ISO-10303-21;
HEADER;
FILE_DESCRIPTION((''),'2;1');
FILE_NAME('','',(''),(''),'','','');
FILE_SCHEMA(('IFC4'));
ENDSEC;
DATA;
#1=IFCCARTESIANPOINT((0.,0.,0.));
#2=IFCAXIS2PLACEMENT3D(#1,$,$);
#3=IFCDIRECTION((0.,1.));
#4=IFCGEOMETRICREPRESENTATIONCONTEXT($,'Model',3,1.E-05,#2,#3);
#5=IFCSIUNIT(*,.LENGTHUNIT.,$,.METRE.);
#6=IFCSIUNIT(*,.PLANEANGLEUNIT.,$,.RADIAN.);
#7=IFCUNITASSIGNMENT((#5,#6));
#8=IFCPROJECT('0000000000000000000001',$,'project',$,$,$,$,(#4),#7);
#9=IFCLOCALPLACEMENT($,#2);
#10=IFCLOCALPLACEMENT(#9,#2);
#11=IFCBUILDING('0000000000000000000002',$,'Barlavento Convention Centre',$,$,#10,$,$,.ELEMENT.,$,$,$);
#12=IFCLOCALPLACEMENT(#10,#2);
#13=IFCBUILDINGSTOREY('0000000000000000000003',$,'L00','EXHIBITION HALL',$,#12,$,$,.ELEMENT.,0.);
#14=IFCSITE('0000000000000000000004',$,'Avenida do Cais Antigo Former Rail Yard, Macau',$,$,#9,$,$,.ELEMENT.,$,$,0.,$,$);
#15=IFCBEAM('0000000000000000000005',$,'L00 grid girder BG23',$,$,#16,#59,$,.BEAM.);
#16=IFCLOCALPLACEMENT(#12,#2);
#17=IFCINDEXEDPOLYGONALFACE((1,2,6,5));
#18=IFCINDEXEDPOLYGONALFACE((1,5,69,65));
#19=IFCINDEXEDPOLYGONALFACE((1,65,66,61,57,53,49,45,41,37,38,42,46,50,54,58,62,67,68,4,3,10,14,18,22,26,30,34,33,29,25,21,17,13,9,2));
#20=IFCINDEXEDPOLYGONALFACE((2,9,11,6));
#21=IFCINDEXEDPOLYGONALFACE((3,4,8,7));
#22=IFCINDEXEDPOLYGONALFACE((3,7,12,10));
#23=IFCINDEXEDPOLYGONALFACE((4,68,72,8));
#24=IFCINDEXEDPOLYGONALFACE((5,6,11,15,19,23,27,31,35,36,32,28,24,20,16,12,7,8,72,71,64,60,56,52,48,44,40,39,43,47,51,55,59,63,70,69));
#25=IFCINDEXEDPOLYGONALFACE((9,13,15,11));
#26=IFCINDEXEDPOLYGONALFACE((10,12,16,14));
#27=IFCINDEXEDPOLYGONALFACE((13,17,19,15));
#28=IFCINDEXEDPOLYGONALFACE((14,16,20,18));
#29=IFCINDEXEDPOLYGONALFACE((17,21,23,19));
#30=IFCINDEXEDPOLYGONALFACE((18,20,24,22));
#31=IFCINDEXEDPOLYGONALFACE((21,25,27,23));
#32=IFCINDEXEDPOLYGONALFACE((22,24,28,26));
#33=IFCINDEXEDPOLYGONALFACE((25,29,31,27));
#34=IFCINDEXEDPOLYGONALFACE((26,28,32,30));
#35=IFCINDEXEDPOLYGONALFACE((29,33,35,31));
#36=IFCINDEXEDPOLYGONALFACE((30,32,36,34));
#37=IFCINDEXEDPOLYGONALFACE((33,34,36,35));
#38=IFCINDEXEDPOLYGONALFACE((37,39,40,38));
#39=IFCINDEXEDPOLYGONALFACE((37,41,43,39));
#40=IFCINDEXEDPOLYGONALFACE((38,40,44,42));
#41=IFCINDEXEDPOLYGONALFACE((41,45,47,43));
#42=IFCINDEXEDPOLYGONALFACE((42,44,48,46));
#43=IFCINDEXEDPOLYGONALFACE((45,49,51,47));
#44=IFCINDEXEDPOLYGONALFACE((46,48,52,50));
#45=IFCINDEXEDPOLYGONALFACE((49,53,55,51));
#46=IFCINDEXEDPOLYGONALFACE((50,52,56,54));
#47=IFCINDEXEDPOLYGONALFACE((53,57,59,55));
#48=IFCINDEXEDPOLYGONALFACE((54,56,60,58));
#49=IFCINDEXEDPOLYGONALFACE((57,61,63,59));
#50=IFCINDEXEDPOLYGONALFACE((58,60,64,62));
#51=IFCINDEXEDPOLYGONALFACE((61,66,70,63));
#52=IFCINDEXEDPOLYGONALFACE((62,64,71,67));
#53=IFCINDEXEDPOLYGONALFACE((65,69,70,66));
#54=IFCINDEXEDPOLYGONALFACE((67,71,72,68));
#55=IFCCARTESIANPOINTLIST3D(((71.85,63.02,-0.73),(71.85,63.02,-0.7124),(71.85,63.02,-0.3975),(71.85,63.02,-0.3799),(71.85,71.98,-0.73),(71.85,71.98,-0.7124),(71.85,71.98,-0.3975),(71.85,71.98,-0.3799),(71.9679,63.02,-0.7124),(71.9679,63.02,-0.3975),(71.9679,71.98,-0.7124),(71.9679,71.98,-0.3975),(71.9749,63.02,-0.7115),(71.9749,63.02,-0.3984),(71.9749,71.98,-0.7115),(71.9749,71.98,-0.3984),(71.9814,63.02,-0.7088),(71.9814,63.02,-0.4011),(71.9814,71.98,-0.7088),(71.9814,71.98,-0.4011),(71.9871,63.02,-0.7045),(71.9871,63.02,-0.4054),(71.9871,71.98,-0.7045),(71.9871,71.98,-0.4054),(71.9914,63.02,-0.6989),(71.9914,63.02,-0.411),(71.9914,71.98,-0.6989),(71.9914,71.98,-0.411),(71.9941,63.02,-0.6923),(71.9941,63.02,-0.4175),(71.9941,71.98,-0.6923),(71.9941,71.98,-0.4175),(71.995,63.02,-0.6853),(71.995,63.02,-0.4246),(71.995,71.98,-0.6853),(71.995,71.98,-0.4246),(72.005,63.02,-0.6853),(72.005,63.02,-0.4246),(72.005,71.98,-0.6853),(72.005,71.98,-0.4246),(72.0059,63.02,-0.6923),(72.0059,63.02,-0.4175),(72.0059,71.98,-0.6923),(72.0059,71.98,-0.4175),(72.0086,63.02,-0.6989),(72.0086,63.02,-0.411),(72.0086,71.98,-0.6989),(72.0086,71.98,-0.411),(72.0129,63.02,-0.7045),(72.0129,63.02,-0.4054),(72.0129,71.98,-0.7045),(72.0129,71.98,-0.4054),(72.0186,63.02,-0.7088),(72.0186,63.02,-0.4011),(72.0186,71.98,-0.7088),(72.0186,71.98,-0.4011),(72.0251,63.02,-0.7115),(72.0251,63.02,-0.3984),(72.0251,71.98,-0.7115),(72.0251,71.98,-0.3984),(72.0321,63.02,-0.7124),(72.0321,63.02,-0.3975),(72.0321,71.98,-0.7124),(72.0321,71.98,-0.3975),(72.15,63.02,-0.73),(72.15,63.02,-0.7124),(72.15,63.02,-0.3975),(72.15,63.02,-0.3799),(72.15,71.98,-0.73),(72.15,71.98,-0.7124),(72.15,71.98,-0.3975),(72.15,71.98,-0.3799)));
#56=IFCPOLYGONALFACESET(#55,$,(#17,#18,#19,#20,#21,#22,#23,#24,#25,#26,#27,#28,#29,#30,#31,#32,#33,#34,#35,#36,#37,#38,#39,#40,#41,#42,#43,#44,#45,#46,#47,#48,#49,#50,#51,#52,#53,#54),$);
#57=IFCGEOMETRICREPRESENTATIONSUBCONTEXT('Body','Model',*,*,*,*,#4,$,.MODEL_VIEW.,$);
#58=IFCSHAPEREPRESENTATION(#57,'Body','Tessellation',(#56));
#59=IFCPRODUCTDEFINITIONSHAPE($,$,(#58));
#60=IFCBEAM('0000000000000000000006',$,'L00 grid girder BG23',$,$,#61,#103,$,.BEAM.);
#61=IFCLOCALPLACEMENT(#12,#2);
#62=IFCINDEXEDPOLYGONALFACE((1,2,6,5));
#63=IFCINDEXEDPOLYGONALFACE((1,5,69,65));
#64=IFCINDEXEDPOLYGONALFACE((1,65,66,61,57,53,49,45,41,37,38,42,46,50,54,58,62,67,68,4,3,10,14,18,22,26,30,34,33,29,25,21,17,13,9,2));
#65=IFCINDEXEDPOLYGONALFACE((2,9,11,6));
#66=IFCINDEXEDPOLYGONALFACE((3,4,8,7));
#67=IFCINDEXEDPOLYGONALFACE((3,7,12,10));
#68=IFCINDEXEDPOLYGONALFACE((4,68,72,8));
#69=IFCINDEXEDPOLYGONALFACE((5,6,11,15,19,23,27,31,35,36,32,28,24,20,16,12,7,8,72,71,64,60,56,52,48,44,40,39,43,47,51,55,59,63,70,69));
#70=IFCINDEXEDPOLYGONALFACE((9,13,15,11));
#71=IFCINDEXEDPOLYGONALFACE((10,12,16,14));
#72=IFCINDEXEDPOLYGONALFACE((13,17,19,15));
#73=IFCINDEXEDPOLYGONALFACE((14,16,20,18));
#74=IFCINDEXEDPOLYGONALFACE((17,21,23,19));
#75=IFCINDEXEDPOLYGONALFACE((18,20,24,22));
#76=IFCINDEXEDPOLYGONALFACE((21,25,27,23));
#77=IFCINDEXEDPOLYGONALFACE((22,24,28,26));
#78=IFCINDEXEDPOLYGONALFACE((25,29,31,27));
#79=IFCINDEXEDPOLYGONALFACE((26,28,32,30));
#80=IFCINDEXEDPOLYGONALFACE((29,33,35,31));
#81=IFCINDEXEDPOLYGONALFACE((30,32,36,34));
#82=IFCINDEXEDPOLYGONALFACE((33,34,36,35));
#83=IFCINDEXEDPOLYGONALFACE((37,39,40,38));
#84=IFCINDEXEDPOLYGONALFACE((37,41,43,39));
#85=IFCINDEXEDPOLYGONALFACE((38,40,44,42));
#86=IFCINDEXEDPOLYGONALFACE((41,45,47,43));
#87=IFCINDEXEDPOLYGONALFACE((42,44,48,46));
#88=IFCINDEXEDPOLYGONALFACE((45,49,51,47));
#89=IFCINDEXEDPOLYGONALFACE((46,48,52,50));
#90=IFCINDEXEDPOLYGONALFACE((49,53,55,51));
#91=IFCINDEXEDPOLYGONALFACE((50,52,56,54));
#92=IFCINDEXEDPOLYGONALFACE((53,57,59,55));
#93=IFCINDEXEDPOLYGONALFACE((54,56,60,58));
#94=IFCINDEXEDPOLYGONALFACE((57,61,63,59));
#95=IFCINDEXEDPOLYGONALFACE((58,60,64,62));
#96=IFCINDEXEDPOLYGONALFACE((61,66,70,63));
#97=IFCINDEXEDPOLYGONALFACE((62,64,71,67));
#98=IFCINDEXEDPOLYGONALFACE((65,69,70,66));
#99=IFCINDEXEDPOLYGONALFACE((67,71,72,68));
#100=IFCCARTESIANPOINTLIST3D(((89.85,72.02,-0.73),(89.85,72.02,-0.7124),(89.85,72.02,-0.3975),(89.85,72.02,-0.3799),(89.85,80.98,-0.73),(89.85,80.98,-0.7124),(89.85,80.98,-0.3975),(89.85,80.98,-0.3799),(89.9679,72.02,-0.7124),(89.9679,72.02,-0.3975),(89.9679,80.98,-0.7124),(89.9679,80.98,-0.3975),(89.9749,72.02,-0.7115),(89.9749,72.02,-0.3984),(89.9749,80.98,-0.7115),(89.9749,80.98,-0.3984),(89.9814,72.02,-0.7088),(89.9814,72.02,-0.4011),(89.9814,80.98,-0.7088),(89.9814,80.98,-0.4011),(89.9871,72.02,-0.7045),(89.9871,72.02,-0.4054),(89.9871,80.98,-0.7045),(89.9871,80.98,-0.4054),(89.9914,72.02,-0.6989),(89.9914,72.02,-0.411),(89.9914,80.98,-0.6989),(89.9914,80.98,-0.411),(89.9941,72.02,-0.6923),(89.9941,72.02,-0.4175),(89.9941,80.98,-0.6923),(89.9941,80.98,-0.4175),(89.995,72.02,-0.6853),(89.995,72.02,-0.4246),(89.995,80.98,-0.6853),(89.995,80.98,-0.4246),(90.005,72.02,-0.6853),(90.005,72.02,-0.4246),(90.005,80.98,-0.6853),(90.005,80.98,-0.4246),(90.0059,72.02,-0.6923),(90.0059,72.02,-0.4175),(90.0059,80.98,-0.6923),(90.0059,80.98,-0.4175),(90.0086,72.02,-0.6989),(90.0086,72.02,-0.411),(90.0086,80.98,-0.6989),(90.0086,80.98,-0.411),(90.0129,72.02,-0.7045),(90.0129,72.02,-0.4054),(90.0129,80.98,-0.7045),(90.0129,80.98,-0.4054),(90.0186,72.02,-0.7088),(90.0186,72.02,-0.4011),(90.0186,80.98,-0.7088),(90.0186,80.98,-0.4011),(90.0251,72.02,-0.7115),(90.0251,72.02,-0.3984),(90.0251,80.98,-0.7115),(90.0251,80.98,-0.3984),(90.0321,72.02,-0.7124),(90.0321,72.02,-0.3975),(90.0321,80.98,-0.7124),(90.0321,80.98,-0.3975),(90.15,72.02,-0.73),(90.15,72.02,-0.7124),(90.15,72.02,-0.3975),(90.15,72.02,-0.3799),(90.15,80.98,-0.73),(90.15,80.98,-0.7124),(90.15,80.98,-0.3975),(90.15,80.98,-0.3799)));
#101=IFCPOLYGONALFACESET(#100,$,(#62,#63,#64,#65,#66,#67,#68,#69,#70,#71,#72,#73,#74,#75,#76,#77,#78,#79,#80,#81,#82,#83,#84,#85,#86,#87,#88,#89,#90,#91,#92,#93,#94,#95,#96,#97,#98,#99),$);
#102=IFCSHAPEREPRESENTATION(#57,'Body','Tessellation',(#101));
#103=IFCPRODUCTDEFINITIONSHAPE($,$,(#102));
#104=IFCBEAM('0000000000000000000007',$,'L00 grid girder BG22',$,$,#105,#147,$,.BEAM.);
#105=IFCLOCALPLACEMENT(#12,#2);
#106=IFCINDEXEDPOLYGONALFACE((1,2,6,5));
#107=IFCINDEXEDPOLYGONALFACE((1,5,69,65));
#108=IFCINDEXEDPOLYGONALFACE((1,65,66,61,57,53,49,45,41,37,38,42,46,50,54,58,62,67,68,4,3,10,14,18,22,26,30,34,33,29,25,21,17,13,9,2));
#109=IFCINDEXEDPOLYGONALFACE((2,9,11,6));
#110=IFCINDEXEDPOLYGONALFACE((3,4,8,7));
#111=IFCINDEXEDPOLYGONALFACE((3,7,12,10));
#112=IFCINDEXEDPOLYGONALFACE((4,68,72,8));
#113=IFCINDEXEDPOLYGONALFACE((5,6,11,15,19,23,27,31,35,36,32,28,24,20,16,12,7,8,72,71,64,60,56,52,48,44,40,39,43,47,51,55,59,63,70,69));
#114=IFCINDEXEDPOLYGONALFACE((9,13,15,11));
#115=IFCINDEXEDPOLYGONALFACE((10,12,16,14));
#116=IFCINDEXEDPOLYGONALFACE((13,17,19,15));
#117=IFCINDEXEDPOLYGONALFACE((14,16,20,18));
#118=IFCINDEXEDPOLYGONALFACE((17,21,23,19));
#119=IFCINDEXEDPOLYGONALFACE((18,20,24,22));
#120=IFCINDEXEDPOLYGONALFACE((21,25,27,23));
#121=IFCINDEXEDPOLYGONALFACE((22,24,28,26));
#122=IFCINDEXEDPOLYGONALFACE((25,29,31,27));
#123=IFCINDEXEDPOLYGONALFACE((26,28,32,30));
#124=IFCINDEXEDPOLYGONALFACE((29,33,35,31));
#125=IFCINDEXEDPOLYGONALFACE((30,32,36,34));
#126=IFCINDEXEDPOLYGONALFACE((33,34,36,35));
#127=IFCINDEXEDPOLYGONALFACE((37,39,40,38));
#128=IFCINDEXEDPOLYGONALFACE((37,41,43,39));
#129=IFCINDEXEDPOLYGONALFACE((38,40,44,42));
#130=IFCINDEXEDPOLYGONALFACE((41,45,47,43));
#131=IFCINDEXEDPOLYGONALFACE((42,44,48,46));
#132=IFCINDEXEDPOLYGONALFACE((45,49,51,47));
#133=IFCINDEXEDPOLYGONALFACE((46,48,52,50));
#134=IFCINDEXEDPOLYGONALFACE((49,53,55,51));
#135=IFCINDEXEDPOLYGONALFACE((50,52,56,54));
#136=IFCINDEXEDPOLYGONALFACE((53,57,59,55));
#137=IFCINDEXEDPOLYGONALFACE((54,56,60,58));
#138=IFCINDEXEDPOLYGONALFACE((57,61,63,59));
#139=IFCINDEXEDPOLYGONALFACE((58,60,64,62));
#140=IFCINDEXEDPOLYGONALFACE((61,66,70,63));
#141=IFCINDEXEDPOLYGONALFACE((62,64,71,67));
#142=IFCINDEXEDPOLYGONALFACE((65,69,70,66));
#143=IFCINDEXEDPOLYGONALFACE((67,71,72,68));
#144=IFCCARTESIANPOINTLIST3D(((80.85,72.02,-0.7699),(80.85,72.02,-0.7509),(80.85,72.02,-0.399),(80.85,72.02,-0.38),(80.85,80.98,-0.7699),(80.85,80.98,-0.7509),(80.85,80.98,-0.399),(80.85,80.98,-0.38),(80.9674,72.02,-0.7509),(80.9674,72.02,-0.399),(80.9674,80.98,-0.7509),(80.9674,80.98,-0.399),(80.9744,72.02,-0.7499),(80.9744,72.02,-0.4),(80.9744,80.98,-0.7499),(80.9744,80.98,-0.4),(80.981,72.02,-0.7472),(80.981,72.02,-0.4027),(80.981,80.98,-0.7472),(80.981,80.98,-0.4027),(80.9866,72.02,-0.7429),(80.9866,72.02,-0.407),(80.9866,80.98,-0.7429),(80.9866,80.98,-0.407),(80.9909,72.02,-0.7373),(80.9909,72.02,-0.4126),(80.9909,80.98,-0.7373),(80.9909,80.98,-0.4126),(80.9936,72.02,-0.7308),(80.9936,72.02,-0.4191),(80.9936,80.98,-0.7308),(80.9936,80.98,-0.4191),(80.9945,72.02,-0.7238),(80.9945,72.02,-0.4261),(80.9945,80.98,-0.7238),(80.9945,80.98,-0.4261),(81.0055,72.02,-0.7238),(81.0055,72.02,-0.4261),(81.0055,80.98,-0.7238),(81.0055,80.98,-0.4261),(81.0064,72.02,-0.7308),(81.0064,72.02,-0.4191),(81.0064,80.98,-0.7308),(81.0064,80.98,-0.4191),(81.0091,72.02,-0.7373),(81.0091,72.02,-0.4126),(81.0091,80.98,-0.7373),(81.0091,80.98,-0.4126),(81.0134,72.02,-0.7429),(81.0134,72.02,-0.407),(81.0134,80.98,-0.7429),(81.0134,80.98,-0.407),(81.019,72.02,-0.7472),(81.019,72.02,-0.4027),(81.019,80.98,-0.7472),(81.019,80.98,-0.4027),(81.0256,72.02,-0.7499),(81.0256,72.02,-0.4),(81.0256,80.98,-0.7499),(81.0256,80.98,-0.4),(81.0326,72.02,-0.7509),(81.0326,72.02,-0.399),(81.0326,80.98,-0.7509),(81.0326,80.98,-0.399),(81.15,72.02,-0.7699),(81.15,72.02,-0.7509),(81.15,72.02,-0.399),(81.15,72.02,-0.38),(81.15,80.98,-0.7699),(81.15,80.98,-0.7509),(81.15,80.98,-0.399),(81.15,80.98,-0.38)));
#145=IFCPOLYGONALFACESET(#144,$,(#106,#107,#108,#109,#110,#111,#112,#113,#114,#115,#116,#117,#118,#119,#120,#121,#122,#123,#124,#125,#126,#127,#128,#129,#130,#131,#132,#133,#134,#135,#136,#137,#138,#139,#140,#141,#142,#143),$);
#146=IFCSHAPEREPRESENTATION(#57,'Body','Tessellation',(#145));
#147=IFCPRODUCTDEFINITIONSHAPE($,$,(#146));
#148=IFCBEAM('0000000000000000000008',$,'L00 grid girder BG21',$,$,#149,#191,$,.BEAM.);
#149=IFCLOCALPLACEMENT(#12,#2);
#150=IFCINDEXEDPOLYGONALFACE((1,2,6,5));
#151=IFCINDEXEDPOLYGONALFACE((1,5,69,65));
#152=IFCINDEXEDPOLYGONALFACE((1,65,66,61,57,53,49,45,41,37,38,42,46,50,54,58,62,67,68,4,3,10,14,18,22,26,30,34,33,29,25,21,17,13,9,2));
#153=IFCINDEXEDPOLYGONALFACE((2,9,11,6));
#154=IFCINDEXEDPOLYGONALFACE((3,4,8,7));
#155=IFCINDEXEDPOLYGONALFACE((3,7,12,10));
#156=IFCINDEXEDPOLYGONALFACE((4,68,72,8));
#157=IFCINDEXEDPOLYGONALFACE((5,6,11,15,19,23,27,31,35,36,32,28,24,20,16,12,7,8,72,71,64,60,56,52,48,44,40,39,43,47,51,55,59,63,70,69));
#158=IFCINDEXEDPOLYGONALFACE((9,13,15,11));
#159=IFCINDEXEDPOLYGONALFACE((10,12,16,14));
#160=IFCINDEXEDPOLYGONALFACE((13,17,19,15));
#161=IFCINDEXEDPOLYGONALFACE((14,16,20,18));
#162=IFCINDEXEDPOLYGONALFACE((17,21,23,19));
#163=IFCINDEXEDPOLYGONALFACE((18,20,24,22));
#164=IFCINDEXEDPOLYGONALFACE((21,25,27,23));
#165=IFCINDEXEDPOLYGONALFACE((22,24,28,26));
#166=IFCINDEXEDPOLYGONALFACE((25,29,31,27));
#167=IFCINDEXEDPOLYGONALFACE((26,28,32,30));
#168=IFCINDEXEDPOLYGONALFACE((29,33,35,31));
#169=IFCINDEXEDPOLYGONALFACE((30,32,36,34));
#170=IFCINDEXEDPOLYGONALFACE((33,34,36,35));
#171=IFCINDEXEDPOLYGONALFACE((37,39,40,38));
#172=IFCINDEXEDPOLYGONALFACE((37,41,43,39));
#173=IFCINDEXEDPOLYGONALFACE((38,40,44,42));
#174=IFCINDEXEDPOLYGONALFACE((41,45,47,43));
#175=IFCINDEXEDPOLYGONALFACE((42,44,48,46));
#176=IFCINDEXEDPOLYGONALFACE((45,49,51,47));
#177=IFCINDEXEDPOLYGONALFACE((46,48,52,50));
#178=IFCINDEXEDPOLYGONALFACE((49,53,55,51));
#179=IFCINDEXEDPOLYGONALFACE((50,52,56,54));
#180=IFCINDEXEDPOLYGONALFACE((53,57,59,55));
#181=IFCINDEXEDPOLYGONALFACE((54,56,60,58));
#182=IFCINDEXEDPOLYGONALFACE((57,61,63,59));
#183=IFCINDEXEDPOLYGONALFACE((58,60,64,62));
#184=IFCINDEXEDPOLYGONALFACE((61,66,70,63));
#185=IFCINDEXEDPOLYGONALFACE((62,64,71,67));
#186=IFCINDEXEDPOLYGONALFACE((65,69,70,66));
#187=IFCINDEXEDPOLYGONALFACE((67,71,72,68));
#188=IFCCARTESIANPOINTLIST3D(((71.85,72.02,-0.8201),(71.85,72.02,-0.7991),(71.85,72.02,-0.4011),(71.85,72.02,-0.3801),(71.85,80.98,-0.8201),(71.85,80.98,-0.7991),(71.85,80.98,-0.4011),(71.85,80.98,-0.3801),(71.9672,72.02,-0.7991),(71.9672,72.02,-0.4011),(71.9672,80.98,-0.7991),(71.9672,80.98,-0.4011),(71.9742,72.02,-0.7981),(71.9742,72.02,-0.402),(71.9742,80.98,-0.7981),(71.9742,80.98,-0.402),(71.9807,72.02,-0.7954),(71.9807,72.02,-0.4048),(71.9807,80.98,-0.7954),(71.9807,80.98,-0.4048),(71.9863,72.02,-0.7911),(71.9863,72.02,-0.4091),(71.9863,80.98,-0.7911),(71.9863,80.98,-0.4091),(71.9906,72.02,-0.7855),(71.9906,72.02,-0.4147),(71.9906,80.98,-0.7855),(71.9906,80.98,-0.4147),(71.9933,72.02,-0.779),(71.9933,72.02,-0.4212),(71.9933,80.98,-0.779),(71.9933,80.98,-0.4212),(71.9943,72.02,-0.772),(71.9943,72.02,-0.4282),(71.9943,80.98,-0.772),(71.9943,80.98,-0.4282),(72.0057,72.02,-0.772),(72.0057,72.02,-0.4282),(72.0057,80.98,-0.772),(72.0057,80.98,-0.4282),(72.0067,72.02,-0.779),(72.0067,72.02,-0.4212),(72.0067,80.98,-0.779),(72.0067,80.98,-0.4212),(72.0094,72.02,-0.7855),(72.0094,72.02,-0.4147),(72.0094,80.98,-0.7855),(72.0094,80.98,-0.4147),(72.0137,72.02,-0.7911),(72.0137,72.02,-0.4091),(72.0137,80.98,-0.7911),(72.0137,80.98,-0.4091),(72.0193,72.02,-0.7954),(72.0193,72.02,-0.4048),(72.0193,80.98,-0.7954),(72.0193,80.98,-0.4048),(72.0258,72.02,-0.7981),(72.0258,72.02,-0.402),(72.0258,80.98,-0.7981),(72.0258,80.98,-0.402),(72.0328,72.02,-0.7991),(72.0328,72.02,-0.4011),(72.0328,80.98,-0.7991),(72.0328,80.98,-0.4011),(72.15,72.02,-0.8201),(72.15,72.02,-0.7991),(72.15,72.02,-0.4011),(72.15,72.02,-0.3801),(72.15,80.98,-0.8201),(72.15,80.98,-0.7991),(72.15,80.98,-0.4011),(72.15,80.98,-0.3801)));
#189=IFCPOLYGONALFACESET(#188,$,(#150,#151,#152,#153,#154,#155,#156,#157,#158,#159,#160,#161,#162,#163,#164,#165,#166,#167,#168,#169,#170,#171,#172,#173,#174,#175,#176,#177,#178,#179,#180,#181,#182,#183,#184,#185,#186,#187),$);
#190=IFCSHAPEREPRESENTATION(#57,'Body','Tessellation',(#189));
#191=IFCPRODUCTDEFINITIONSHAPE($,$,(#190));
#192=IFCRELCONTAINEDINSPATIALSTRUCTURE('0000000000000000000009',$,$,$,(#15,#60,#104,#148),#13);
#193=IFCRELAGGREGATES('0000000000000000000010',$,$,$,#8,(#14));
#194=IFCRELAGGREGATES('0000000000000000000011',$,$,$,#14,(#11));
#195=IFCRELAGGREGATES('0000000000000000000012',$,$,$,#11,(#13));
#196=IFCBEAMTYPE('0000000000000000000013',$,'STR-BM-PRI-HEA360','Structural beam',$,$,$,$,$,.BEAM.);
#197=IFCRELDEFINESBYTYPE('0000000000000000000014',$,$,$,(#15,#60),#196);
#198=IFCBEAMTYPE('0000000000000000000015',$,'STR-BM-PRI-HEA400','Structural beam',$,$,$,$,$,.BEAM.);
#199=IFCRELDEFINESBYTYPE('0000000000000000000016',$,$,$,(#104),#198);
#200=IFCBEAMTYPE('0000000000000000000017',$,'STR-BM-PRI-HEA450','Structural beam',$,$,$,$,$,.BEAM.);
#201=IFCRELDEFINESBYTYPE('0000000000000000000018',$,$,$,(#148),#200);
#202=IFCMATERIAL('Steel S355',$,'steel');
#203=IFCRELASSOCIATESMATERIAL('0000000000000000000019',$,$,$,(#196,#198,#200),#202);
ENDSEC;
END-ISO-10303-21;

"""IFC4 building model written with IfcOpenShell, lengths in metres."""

from ifc_helpers import new_model, si_unit, direction, frame, origin, origin_2d, place, context, subcontext, project, spatial, i_section, extrude, material, material_profile, profile_set, type_object, element, save


model = new_model("IFC4")

# Units and contexts
model_context = context("Model", 3, precision=1e-05, world=origin(), true_north=direction((0.0, 1.0)))
body_context = subcontext(model_context, "Body", "Model", "MODEL_VIEW")
ifc_project = project(units=[si_unit("LENGTHUNIT", "METRE"), si_unit("PLANEANGLEUNIT", "RADIAN")], contexts=[model_context])

# Site, building, storey
site_placement = place(None, origin())
site = spatial("IfcSite", under=ifc_project, at=site_placement, Name="Avenida do Cais Antigo Former Rail Yard, Macau", CompositionType="ELEMENT", RefElevation=0.0)
building_placement = place(site_placement, origin())
building = spatial("IfcBuilding", under=site, at=building_placement, Name="Barlavento Convention Centre", CompositionType="ELEMENT")
storey_placement = place(building_placement, origin())
storey = spatial("IfcBuildingStorey", under=building, at=storey_placement, Name="L00", Description="EXHIBITION HALL", CompositionType="ELEMENT", Elevation=0.0)

# Beams
ifc_material_1 = material(Name="Steel S355", Category="steel")
ifc_material_profile_1 = material_profile(ifc_material_1, i_section(OverallWidth=0.3, OverallDepth=0.3501, WebThickness=0.01, FlangeThickness=0.0176, FilletRadius=0.0271, at=origin_2d()), Name="HEA 360")
ifc_profile_set_1 = profile_set([ifc_material_profile_1], Name="Steel S355")
beam_type_1 = type_object("IfcBeamType", Name="STR-BM-PRI-HEA360", Description="Structural beam", PredefinedType="BEAM", material=ifc_profile_set_1)
for number, where, z_axis, x_axis, name in (
    (1, (72.0, 63.02, -0.5549), (0.0, 1.0, 0.0), (-1.0, 0.0, 0.0), "L00 grid girder BG23"),
    (2, (90.0, 72.02, -0.5549), (0.0, 1.0, 0.0), (-1.0, 0.0, 0.0), "L00 grid girder BG23"),
):
    element("IfcBeam", number, at=place(storey_placement, frame(where, z_axis=z_axis, x_axis=x_axis)), inside=storey, type_object=beam_type_1, Name=name, PredefinedType="BEAM", context=body_context, shape_type="SweptSolid", body=[
        extrude(i_section(OverallWidth=0.3, OverallDepth=0.3501, WebThickness=0.01, FlangeThickness=0.0176, FilletRadius=0.0271, at=origin_2d()), origin(), (0.0, 0.0, 1.0), 8.96),
    ])
ifc_material_profile_2 = material_profile(ifc_material_1, i_section(OverallWidth=0.3, OverallDepth=0.3899, WebThickness=0.011, FlangeThickness=0.019, FilletRadius=0.0271, at=origin_2d()), Name="HEA 400")
ifc_profile_set_2 = profile_set([ifc_material_profile_2], Name="Steel S355")
beam_type_2 = type_object("IfcBeamType", Name="STR-BM-PRI-HEA400", Description="Structural beam", PredefinedType="BEAM", material=ifc_profile_set_2)
beam_1_placement = place(storey_placement, frame((81.0, 72.02, -0.575), z_axis=(0.0, 1.0, 0.0), x_axis=(-1.0, 0.0, 0.0)))
element("IfcBeam", 3, at=beam_1_placement, inside=storey, type_object=beam_type_2, Name="L00 grid girder BG22", PredefinedType="BEAM", context=body_context, shape_type="SweptSolid", body=[
    extrude(i_section(OverallWidth=0.3, OverallDepth=0.3899, WebThickness=0.011, FlangeThickness=0.019, FilletRadius=0.0271, at=origin_2d()), origin(), (0.0, 0.0, 1.0), 8.96),
])
ifc_material_profile_3 = material_profile(ifc_material_1, i_section(OverallWidth=0.3, OverallDepth=0.4399, WebThickness=0.0115, FlangeThickness=0.021, FilletRadius=0.0271, at=origin_2d()), Name="HEA 450")
ifc_profile_set_3 = profile_set([ifc_material_profile_3], Name="Steel S355")
beam_type_3 = type_object("IfcBeamType", Name="STR-BM-PRI-HEA450", Description="Structural beam", PredefinedType="BEAM", material=ifc_profile_set_3)
beam_2_placement = place(storey_placement, frame((72.0, 72.02, -0.6001), z_axis=(0.0, 1.0, 0.0), x_axis=(-1.0, 0.0, 0.0)))
element("IfcBeam", 4, at=beam_2_placement, inside=storey, type_object=beam_type_3, Name="L00 grid girder BG21", PredefinedType="BEAM", context=body_context, shape_type="SweptSolid", body=[
    extrude(i_section(OverallWidth=0.3, OverallDepth=0.4399, WebThickness=0.0115, FlangeThickness=0.021, FilletRadius=0.0271, at=origin_2d()), origin(), (0.0, 0.0, 1.0), 8.96),
])

save(model, "model.ifc")
